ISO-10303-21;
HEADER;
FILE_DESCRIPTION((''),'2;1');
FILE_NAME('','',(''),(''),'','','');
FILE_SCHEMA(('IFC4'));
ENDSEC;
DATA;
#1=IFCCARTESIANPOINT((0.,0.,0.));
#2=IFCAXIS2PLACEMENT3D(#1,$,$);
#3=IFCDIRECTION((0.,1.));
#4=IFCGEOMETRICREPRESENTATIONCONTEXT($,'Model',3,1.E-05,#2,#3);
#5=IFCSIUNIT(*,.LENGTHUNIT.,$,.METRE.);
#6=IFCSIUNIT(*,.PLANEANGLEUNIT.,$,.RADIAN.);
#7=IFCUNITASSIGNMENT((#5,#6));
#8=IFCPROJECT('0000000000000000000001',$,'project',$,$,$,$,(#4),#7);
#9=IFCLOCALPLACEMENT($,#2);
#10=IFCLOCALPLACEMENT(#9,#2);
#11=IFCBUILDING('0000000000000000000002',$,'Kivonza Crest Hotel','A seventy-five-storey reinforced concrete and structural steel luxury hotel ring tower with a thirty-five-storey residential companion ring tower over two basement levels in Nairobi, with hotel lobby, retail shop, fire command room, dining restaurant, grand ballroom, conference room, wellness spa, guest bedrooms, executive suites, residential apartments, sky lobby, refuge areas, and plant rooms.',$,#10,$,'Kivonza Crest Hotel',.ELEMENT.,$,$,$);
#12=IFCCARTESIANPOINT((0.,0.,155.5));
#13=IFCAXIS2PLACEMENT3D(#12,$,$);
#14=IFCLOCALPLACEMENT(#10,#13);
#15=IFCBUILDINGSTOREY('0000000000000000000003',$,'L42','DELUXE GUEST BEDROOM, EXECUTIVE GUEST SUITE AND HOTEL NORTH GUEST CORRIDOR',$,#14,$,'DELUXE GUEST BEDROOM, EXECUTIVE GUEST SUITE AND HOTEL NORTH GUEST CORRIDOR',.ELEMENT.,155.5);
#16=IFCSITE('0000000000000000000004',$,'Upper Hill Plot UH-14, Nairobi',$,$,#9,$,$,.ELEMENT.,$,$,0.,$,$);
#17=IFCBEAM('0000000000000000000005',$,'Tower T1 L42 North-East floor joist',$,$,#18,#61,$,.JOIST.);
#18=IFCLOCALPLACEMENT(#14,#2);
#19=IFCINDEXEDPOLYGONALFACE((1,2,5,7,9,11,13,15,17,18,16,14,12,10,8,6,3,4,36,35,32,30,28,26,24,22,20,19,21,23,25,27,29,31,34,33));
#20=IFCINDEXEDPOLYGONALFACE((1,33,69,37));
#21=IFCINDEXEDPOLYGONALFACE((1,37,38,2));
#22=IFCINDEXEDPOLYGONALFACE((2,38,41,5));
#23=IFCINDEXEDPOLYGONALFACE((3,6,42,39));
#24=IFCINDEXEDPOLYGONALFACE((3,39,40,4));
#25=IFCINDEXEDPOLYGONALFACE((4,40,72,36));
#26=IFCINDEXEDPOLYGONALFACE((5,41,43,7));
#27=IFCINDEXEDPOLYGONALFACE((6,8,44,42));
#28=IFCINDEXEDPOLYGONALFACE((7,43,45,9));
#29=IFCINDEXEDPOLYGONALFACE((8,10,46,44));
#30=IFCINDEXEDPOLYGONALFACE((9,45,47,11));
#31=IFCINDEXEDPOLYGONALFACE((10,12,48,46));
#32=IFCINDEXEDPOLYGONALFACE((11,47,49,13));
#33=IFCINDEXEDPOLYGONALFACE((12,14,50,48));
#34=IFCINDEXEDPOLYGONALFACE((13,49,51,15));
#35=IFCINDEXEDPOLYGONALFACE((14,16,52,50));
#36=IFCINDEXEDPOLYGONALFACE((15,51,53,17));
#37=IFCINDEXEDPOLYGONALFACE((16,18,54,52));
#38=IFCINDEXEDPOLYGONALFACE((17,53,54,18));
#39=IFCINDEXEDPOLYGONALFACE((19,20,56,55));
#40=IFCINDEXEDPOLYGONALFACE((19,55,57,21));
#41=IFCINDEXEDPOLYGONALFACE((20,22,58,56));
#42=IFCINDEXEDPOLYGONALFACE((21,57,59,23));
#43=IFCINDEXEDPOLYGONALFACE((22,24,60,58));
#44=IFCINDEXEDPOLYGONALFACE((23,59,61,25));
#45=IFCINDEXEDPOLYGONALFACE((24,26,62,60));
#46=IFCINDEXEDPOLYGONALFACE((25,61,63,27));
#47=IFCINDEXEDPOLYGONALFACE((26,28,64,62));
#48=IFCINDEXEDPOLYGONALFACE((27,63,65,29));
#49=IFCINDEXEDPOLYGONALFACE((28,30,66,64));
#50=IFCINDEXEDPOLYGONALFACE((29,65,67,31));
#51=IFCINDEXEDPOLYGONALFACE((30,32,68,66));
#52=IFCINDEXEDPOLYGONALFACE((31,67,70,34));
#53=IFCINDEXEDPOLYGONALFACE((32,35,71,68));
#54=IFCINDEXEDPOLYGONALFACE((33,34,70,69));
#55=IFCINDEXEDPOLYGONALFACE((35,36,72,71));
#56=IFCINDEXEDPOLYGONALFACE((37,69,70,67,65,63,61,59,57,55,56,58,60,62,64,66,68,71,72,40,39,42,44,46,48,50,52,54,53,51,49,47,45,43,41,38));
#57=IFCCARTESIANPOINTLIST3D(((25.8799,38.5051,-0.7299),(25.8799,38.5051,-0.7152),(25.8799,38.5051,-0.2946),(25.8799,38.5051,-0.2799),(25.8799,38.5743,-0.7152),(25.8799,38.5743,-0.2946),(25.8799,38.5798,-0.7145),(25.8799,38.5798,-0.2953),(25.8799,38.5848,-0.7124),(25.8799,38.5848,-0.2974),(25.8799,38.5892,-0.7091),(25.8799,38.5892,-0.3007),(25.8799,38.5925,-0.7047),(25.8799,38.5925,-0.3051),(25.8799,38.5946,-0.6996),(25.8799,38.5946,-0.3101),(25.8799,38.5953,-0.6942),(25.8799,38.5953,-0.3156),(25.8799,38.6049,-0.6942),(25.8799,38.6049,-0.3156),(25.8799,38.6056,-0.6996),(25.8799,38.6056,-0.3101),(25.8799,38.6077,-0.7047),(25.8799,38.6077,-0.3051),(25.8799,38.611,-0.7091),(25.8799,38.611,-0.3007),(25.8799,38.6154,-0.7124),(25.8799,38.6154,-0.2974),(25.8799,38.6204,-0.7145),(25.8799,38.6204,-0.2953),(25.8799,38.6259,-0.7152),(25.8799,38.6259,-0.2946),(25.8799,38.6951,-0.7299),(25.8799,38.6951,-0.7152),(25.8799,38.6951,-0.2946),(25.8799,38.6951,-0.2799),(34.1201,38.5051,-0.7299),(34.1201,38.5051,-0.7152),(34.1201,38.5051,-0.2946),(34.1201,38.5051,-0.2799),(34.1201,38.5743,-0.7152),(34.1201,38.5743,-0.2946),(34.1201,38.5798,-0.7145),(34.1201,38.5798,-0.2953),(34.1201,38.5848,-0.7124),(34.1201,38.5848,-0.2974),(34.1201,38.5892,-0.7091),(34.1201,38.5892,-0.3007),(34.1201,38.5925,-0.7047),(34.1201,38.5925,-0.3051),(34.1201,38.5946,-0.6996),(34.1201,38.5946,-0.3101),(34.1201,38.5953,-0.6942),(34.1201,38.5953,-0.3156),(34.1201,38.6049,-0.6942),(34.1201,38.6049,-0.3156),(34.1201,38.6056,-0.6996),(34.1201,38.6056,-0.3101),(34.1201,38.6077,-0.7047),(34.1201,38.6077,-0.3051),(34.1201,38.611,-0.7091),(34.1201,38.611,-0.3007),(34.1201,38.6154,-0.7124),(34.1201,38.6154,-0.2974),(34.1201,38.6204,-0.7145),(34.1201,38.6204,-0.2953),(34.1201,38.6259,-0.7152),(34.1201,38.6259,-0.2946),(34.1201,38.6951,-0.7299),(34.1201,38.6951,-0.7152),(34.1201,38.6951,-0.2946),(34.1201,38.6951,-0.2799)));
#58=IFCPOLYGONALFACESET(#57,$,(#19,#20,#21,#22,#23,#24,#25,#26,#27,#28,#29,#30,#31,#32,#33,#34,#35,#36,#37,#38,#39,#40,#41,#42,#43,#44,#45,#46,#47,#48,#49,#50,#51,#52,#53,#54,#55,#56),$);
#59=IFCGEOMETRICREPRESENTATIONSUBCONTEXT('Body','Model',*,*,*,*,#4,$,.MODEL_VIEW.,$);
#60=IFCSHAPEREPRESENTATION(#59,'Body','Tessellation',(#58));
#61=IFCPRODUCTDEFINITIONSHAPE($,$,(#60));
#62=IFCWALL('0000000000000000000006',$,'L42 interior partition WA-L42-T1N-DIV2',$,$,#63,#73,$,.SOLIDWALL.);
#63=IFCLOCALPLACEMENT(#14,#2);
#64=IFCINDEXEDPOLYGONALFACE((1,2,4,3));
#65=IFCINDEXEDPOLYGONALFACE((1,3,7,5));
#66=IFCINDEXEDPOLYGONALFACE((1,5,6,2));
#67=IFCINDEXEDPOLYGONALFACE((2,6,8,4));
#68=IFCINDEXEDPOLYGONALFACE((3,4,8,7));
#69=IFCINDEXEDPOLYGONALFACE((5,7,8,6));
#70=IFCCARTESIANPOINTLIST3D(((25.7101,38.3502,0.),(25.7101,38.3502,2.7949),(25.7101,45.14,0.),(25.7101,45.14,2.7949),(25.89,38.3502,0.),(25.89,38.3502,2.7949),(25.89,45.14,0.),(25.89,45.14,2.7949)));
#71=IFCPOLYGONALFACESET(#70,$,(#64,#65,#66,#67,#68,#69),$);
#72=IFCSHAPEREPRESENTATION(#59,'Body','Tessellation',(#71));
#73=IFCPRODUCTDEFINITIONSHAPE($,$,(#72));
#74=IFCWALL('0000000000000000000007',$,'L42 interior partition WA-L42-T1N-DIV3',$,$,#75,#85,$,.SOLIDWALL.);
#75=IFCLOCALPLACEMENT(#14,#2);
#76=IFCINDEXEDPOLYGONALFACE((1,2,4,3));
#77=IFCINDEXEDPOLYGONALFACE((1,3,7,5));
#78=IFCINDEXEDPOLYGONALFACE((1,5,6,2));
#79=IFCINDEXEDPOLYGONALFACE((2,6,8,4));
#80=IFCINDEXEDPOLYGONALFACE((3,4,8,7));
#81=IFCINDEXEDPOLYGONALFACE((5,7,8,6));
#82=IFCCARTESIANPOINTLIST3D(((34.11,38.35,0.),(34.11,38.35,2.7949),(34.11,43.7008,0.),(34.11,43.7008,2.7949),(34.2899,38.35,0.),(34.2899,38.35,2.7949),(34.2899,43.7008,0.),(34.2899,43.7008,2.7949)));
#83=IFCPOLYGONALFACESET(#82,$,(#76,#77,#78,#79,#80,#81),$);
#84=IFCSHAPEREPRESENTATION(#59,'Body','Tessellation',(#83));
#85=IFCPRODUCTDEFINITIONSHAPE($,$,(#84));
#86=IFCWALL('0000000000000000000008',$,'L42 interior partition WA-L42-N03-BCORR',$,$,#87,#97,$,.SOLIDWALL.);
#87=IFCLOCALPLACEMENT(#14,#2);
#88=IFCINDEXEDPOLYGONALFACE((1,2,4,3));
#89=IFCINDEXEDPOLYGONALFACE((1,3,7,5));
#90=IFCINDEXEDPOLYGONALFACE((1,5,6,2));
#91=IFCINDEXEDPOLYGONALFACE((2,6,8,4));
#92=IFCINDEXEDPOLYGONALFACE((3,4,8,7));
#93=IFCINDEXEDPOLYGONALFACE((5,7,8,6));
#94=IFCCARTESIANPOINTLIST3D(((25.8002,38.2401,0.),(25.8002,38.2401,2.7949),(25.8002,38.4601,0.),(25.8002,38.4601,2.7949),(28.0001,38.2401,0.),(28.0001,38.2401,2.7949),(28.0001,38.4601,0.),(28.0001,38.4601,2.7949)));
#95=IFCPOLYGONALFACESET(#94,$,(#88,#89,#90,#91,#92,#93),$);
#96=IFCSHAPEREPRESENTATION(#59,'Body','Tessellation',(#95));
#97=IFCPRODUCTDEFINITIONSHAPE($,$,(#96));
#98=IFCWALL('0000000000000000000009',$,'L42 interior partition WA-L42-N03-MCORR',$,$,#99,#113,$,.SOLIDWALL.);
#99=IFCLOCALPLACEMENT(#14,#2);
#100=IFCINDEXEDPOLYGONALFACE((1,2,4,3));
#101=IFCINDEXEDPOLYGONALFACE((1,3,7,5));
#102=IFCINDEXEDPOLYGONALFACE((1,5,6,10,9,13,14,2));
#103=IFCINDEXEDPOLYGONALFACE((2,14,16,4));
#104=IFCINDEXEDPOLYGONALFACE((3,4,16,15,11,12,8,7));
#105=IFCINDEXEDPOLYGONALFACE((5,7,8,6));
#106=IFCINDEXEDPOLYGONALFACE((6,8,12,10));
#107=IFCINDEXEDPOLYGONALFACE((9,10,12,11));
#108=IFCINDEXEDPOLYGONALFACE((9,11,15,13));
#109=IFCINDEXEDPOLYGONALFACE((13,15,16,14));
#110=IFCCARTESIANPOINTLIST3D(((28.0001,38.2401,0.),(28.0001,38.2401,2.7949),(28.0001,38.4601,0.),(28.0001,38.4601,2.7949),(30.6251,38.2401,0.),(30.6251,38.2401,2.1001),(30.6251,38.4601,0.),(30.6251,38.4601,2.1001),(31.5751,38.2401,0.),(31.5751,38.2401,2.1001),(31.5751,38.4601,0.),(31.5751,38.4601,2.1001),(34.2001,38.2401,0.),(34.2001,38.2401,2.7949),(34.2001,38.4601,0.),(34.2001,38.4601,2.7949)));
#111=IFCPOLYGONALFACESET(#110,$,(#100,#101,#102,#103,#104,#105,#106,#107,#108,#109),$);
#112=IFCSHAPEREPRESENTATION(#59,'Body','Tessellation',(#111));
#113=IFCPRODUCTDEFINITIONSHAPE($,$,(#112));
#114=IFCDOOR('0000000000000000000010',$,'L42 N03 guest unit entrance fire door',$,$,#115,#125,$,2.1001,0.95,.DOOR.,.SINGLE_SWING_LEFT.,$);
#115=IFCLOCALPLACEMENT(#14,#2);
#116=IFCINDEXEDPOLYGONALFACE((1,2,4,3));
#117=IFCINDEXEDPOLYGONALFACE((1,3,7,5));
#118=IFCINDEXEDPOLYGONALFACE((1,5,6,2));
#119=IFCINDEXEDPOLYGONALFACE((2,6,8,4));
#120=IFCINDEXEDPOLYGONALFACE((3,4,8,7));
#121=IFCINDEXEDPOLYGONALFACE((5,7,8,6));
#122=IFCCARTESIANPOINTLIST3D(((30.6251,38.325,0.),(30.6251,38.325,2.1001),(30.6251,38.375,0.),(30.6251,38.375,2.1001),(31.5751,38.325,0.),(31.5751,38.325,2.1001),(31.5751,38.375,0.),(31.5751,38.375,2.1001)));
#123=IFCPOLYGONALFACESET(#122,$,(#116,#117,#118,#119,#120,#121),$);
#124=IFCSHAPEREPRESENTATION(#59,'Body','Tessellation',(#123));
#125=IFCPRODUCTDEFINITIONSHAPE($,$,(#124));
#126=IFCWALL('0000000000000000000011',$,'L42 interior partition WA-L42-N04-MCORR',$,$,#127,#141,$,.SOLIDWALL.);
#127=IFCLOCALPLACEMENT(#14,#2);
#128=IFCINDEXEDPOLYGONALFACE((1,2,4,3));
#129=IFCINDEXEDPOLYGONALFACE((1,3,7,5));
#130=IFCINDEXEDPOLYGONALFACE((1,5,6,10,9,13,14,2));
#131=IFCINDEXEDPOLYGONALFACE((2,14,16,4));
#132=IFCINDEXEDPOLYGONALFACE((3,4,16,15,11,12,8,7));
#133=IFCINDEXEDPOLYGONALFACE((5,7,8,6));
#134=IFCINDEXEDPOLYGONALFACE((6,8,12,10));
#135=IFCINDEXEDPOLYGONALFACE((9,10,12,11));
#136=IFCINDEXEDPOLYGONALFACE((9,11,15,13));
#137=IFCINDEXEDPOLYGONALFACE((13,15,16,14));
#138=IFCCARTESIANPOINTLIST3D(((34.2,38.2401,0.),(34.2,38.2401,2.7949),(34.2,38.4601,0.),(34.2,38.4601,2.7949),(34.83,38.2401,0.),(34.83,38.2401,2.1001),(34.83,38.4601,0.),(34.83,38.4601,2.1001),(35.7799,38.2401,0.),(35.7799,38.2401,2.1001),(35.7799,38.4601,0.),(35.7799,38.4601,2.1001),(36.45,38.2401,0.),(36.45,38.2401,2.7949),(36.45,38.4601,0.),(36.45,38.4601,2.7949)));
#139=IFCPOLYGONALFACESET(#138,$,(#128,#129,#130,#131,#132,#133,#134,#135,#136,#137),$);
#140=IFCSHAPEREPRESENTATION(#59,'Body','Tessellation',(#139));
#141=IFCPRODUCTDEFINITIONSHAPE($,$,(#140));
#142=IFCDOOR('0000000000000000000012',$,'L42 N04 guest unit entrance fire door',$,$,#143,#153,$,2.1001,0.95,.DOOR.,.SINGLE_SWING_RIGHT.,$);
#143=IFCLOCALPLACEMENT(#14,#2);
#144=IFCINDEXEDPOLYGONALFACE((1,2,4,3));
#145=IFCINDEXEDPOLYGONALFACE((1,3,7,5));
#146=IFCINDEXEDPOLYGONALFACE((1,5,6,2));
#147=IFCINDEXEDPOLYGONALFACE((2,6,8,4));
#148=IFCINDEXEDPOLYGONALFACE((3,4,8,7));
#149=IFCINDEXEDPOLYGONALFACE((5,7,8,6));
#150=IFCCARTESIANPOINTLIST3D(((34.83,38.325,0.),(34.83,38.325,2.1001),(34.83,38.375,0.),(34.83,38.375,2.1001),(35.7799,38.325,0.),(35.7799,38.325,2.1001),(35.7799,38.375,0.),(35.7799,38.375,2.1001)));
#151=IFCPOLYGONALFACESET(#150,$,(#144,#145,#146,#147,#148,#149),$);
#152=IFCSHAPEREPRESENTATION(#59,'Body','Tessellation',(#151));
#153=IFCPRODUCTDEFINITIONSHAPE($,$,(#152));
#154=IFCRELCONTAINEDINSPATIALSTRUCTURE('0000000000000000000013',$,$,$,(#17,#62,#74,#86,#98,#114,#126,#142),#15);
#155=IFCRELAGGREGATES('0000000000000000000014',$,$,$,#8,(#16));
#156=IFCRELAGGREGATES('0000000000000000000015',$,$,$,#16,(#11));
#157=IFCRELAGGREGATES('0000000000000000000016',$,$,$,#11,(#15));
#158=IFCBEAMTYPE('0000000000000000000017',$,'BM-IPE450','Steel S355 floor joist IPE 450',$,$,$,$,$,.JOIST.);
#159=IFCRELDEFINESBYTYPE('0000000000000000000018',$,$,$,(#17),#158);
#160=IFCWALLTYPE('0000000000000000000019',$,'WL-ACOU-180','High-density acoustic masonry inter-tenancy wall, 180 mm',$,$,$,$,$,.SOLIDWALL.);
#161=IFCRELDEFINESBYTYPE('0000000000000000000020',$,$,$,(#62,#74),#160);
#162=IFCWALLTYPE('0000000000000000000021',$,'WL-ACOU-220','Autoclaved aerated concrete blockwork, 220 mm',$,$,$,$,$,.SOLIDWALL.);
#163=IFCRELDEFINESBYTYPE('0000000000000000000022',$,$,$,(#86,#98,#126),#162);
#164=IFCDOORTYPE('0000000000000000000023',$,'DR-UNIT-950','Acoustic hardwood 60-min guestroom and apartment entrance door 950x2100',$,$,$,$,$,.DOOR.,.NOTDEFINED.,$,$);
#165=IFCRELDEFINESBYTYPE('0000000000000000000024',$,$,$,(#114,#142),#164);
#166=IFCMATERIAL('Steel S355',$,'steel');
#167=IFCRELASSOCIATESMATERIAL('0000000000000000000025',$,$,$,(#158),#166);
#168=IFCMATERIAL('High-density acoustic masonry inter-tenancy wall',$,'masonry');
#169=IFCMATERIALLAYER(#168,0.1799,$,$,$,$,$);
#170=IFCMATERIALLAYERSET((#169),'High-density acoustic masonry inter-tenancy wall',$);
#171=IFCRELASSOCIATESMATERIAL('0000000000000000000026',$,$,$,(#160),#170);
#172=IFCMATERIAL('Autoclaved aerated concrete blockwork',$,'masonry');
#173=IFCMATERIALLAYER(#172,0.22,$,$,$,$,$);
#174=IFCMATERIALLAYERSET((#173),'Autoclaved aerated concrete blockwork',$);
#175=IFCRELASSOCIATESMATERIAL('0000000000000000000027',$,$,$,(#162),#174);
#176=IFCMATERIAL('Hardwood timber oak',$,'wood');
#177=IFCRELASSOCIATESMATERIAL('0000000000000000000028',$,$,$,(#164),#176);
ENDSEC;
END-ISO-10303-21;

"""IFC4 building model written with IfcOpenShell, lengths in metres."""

from ifc_helpers import new_model, si_unit, direction, frame, frame_2d, origin, origin_2d, place, context, subcontext, project, spatial, rectangle, i_section, extrude, material, layer, layer_set, material_profile, profile_set, type_object, element, fill, save


model = new_model("IFC4")

# Units and contexts
model_context = context("Model", 3, precision=1e-05, world=origin(), true_north=direction((0.0, 1.0)))
body_context = subcontext(model_context, "Body", "Model", "MODEL_VIEW")
ifc_project = project(units=[si_unit("LENGTHUNIT", "METRE"), si_unit("PLANEANGLEUNIT", "RADIAN")], contexts=[model_context])

# Site, building, storey
site_placement = place(None, origin())
site = spatial("IfcSite", under=ifc_project, at=site_placement, Name="Upper Hill Plot UH-14, Nairobi", CompositionType="ELEMENT", RefElevation=0.0)
building_placement = place(site_placement, origin())
building = spatial("IfcBuilding", under=site, at=building_placement, Name="Kivonza Crest Hotel", Description="A seventy-five-storey reinforced concrete and structural steel luxury hotel ring tower with a thirty-five-storey residential companion ring tower over two basement levels in Nairobi, with hotel lobby, retail shop, fire command room, dining restaurant, grand ballroom, conference room, wellness spa, guest bedrooms, executive suites, residential apartments, sky lobby, refuge areas, and plant rooms.", LongName="Kivonza Crest Hotel", CompositionType="ELEMENT")
storey_placement = place(building_placement, frame((0.0, 0.0, 155.5)))
storey = spatial("IfcBuildingStorey", under=building, at=storey_placement, Name="L42", Description="DELUXE GUEST BEDROOM, EXECUTIVE GUEST SUITE AND HOTEL NORTH GUEST CORRIDOR", LongName="DELUXE GUEST BEDROOM, EXECUTIVE GUEST SUITE AND HOTEL NORTH GUEST CORRIDOR", CompositionType="ELEMENT", Elevation=155.5)

# Beam
ifc_material_1 = material(Name="Steel S355", Category="steel")
ifc_material_profile_1 = material_profile(ifc_material_1, i_section(OverallWidth=0.1899, OverallDepth=0.45, WebThickness=0.0095, FlangeThickness=0.0146, FilletRadius=0.021, at=origin_2d()), Name="IPE 450")
ifc_profile_set_1 = profile_set([ifc_material_profile_1], Name="Steel S355")
beam_type_1 = type_object("IfcBeamType", Name="BM-IPE450", Description="Steel S355 floor joist IPE 450", PredefinedType="JOIST", material=ifc_profile_set_1)
beam_1_placement = place(storey_placement, frame((25.8799, 38.6001, -0.5049), z_axis=(1.0, 0.0, 0.0), x_axis=(0.0, 1.0, 0.0)))
element("IfcBeam", 1, at=beam_1_placement, inside=storey, type_object=beam_type_1, Name="Tower T1 L42 North-East floor joist", PredefinedType="JOIST", context=body_context, shape_type="SweptSolid", body=[
    extrude(i_section(OverallWidth=0.1899, OverallDepth=0.45, WebThickness=0.0095, FlangeThickness=0.0146, FilletRadius=0.021, at=origin_2d()), origin(), (0.0, 0.0, 1.0), 8.2402),
])

# Walls
ifc_material_2 = material(Name="High-density acoustic masonry inter-tenancy wall", Category="masonry")
ifc_layer_1 = layer(ifc_material_2, 0.1799)
ifc_layer_set_1 = layer_set([ifc_layer_1], Name="High-density acoustic masonry inter-tenancy wall")
wall_type_1 = type_object("IfcWallType", Name="WL-ACOU-180", Description="High-density acoustic masonry inter-tenancy wall, 180 mm", PredefinedType="SOLIDWALL", material=ifc_layer_set_1)
wall_1_placement = place(storey_placement, frame((25.8, 38.3501, 0.0), z_axis=(0.0, 0.0, 1.0), x_axis=(0.0, 1.0, 0.0)))
element("IfcWall", 2, at=wall_1_placement, inside=storey, type_object=wall_type_1, Name="L42 interior partition WA-L42-T1N-DIV2", PredefinedType="SOLIDWALL", context=body_context, shape_type="SweptSolid", body=[
    extrude(rectangle(XDim=6.7898, YDim=0.1799, at=frame_2d((3.395, 0.0))), origin(), (0.0, 0.0, 1.0), 2.7949),
])
wall_2_placement = place(storey_placement, frame((34.2, 38.3501, 0.0), z_axis=(0.0, 0.0, 1.0), x_axis=(0.0, 1.0, 0.0)))
element("IfcWall", 3, at=wall_2_placement, inside=storey, type_object=wall_type_1, Name="L42 interior partition WA-L42-T1N-DIV3", PredefinedType="SOLIDWALL", context=body_context, shape_type="SweptSolid", body=[
    extrude(rectangle(XDim=5.3508, YDim=0.1799, at=frame_2d((2.6753, 0.0))), origin(), (0.0, 0.0, 1.0), 2.7949),
])
ifc_material_3 = material(Name="Autoclaved aerated concrete blockwork", Category="masonry")
ifc_layer_2 = layer(ifc_material_3, 0.22)
ifc_layer_set_2 = layer_set([ifc_layer_2], Name="Autoclaved aerated concrete blockwork")
wall_type_2 = type_object("IfcWallType", Name="WL-ACOU-220", Description="Autoclaved aerated concrete blockwork, 220 mm", PredefinedType="SOLIDWALL", material=ifc_layer_set_2)
wall_3_placement = place(storey_placement, frame((25.8, 38.3501, 0.0), z_axis=(0.0, 0.0, 1.0), x_axis=(1.0, 0.0, 0.0)))
element("IfcWall", 4, at=wall_3_placement, inside=storey, type_object=wall_type_2, Name="L42 interior partition WA-L42-N03-BCORR", PredefinedType="SOLIDWALL", context=body_context, shape_type="SweptSolid", body=[
    extrude(rectangle(XDim=2.2, YDim=0.22, at=frame_2d((1.1001, 0.0))), origin(), (0.0, 0.0, 1.0), 2.7949),
])

# Walls, openings, doors
wall_4_placement = place(storey_placement, frame((28.0, 38.3501, 0.0), z_axis=(0.0, 0.0, 1.0), x_axis=(1.0, 0.0, 0.0)))
wall_4 = element("IfcWall", 5, at=wall_4_placement, inside=storey, type_object=wall_type_2, Name="L42 interior partition WA-L42-N03-MCORR", PredefinedType="SOLIDWALL", context=body_context, shape_type="SweptSolid", body=[
    extrude(rectangle(XDim=6.2, YDim=0.22, at=frame_2d((3.1001, 0.0))), origin(), (0.0, 0.0, 1.0), 2.7949),
])
opening_1_placement = place(wall_4_placement, frame((2.625, 0.0, 0.0)))
opening_1 = element("IfcOpeningElement", 6, at=opening_1_placement, cuts=wall_4, PredefinedType="OPENING", context=body_context, shape_type="SweptSolid", body=[
    extrude(rectangle(XDim=0.95, YDim=2.1001, at=frame_2d((0.4751, 1.05))), frame((0.0, 0.1201, 0.0), z_axis=(0.0, -1.0, 0.0), x_axis=(1.0, 0.0, 0.0)), (0.0, 0.0, 1.0), 0.24),
])
ifc_material_4 = material(Name="Hardwood timber oak", Category="wood")
door_type_1 = type_object("IfcDoorType", Name="DR-UNIT-950", Description="Acoustic hardwood 60-min guestroom and apartment entrance door 950x2100", OperationType="NOTDEFINED", PredefinedType="DOOR", material=ifc_material_4)
door_1_placement = place(opening_1_placement, origin())
door_1 = element("IfcDoor", 7, at=door_1_placement, inside=storey, type_object=door_type_1, Name="L42 N03 guest unit entrance fire door", OperationType="SINGLE_SWING_LEFT", OverallHeight=2.1001, OverallWidth=0.95, PredefinedType="DOOR", context=body_context, shape_type="SweptSolid", body=[
    extrude(rectangle(XDim=0.95, YDim=2.1001, at=frame_2d((0.4751, 1.05))), frame((0.0, 0.0249, 0.0), z_axis=(0.0, -1.0, 0.0), x_axis=(1.0, 0.0, 0.0)), (0.0, 0.0, 1.0), 0.05),
])
fill(opening_1, door_1)
wall_5_placement = place(storey_placement, frame((34.2, 38.3501, 0.0), z_axis=(0.0, 0.0, 1.0), x_axis=(1.0, 0.0, 0.0)))
wall_5 = element("IfcWall", 8, at=wall_5_placement, inside=storey, type_object=wall_type_2, Name="L42 interior partition WA-L42-N04-MCORR", PredefinedType="SOLIDWALL", context=body_context, shape_type="SweptSolid", body=[
    extrude(rectangle(XDim=2.25, YDim=0.22, at=frame_2d((1.125, 0.0))), origin(), (0.0, 0.0, 1.0), 2.7949),
])
opening_2_placement = place(wall_5_placement, frame((0.6299, 0.0, 0.0)))
opening_2 = element("IfcOpeningElement", 9, at=opening_2_placement, cuts=wall_5, PredefinedType="OPENING", context=body_context, shape_type="SweptSolid", body=[
    extrude(rectangle(XDim=0.95, YDim=2.1001, at=frame_2d((0.4751, 1.05))), frame((0.0, 0.1201, 0.0), z_axis=(0.0, -1.0, 0.0), x_axis=(1.0, 0.0, 0.0)), (0.0, 0.0, 1.0), 0.24),
])
door_2_placement = place(opening_2_placement, origin())
door_2 = element("IfcDoor", 10, at=door_2_placement, inside=storey, type_object=door_type_1, Name="L42 N04 guest unit entrance fire door", OperationType="SINGLE_SWING_RIGHT", OverallHeight=2.1001, OverallWidth=0.95, PredefinedType="DOOR", context=body_context, shape_type="SweptSolid", body=[
    extrude(rectangle(XDim=0.95, YDim=2.1001, at=frame_2d((0.4751, 1.05))), frame((0.0, 0.0249, 0.0), z_axis=(0.0, -1.0, 0.0), x_axis=(1.0, 0.0, 0.0)), (0.0, 0.0, 1.0), 0.05),
])
fill(opening_2, door_2)

save(model, "model.ifc")
